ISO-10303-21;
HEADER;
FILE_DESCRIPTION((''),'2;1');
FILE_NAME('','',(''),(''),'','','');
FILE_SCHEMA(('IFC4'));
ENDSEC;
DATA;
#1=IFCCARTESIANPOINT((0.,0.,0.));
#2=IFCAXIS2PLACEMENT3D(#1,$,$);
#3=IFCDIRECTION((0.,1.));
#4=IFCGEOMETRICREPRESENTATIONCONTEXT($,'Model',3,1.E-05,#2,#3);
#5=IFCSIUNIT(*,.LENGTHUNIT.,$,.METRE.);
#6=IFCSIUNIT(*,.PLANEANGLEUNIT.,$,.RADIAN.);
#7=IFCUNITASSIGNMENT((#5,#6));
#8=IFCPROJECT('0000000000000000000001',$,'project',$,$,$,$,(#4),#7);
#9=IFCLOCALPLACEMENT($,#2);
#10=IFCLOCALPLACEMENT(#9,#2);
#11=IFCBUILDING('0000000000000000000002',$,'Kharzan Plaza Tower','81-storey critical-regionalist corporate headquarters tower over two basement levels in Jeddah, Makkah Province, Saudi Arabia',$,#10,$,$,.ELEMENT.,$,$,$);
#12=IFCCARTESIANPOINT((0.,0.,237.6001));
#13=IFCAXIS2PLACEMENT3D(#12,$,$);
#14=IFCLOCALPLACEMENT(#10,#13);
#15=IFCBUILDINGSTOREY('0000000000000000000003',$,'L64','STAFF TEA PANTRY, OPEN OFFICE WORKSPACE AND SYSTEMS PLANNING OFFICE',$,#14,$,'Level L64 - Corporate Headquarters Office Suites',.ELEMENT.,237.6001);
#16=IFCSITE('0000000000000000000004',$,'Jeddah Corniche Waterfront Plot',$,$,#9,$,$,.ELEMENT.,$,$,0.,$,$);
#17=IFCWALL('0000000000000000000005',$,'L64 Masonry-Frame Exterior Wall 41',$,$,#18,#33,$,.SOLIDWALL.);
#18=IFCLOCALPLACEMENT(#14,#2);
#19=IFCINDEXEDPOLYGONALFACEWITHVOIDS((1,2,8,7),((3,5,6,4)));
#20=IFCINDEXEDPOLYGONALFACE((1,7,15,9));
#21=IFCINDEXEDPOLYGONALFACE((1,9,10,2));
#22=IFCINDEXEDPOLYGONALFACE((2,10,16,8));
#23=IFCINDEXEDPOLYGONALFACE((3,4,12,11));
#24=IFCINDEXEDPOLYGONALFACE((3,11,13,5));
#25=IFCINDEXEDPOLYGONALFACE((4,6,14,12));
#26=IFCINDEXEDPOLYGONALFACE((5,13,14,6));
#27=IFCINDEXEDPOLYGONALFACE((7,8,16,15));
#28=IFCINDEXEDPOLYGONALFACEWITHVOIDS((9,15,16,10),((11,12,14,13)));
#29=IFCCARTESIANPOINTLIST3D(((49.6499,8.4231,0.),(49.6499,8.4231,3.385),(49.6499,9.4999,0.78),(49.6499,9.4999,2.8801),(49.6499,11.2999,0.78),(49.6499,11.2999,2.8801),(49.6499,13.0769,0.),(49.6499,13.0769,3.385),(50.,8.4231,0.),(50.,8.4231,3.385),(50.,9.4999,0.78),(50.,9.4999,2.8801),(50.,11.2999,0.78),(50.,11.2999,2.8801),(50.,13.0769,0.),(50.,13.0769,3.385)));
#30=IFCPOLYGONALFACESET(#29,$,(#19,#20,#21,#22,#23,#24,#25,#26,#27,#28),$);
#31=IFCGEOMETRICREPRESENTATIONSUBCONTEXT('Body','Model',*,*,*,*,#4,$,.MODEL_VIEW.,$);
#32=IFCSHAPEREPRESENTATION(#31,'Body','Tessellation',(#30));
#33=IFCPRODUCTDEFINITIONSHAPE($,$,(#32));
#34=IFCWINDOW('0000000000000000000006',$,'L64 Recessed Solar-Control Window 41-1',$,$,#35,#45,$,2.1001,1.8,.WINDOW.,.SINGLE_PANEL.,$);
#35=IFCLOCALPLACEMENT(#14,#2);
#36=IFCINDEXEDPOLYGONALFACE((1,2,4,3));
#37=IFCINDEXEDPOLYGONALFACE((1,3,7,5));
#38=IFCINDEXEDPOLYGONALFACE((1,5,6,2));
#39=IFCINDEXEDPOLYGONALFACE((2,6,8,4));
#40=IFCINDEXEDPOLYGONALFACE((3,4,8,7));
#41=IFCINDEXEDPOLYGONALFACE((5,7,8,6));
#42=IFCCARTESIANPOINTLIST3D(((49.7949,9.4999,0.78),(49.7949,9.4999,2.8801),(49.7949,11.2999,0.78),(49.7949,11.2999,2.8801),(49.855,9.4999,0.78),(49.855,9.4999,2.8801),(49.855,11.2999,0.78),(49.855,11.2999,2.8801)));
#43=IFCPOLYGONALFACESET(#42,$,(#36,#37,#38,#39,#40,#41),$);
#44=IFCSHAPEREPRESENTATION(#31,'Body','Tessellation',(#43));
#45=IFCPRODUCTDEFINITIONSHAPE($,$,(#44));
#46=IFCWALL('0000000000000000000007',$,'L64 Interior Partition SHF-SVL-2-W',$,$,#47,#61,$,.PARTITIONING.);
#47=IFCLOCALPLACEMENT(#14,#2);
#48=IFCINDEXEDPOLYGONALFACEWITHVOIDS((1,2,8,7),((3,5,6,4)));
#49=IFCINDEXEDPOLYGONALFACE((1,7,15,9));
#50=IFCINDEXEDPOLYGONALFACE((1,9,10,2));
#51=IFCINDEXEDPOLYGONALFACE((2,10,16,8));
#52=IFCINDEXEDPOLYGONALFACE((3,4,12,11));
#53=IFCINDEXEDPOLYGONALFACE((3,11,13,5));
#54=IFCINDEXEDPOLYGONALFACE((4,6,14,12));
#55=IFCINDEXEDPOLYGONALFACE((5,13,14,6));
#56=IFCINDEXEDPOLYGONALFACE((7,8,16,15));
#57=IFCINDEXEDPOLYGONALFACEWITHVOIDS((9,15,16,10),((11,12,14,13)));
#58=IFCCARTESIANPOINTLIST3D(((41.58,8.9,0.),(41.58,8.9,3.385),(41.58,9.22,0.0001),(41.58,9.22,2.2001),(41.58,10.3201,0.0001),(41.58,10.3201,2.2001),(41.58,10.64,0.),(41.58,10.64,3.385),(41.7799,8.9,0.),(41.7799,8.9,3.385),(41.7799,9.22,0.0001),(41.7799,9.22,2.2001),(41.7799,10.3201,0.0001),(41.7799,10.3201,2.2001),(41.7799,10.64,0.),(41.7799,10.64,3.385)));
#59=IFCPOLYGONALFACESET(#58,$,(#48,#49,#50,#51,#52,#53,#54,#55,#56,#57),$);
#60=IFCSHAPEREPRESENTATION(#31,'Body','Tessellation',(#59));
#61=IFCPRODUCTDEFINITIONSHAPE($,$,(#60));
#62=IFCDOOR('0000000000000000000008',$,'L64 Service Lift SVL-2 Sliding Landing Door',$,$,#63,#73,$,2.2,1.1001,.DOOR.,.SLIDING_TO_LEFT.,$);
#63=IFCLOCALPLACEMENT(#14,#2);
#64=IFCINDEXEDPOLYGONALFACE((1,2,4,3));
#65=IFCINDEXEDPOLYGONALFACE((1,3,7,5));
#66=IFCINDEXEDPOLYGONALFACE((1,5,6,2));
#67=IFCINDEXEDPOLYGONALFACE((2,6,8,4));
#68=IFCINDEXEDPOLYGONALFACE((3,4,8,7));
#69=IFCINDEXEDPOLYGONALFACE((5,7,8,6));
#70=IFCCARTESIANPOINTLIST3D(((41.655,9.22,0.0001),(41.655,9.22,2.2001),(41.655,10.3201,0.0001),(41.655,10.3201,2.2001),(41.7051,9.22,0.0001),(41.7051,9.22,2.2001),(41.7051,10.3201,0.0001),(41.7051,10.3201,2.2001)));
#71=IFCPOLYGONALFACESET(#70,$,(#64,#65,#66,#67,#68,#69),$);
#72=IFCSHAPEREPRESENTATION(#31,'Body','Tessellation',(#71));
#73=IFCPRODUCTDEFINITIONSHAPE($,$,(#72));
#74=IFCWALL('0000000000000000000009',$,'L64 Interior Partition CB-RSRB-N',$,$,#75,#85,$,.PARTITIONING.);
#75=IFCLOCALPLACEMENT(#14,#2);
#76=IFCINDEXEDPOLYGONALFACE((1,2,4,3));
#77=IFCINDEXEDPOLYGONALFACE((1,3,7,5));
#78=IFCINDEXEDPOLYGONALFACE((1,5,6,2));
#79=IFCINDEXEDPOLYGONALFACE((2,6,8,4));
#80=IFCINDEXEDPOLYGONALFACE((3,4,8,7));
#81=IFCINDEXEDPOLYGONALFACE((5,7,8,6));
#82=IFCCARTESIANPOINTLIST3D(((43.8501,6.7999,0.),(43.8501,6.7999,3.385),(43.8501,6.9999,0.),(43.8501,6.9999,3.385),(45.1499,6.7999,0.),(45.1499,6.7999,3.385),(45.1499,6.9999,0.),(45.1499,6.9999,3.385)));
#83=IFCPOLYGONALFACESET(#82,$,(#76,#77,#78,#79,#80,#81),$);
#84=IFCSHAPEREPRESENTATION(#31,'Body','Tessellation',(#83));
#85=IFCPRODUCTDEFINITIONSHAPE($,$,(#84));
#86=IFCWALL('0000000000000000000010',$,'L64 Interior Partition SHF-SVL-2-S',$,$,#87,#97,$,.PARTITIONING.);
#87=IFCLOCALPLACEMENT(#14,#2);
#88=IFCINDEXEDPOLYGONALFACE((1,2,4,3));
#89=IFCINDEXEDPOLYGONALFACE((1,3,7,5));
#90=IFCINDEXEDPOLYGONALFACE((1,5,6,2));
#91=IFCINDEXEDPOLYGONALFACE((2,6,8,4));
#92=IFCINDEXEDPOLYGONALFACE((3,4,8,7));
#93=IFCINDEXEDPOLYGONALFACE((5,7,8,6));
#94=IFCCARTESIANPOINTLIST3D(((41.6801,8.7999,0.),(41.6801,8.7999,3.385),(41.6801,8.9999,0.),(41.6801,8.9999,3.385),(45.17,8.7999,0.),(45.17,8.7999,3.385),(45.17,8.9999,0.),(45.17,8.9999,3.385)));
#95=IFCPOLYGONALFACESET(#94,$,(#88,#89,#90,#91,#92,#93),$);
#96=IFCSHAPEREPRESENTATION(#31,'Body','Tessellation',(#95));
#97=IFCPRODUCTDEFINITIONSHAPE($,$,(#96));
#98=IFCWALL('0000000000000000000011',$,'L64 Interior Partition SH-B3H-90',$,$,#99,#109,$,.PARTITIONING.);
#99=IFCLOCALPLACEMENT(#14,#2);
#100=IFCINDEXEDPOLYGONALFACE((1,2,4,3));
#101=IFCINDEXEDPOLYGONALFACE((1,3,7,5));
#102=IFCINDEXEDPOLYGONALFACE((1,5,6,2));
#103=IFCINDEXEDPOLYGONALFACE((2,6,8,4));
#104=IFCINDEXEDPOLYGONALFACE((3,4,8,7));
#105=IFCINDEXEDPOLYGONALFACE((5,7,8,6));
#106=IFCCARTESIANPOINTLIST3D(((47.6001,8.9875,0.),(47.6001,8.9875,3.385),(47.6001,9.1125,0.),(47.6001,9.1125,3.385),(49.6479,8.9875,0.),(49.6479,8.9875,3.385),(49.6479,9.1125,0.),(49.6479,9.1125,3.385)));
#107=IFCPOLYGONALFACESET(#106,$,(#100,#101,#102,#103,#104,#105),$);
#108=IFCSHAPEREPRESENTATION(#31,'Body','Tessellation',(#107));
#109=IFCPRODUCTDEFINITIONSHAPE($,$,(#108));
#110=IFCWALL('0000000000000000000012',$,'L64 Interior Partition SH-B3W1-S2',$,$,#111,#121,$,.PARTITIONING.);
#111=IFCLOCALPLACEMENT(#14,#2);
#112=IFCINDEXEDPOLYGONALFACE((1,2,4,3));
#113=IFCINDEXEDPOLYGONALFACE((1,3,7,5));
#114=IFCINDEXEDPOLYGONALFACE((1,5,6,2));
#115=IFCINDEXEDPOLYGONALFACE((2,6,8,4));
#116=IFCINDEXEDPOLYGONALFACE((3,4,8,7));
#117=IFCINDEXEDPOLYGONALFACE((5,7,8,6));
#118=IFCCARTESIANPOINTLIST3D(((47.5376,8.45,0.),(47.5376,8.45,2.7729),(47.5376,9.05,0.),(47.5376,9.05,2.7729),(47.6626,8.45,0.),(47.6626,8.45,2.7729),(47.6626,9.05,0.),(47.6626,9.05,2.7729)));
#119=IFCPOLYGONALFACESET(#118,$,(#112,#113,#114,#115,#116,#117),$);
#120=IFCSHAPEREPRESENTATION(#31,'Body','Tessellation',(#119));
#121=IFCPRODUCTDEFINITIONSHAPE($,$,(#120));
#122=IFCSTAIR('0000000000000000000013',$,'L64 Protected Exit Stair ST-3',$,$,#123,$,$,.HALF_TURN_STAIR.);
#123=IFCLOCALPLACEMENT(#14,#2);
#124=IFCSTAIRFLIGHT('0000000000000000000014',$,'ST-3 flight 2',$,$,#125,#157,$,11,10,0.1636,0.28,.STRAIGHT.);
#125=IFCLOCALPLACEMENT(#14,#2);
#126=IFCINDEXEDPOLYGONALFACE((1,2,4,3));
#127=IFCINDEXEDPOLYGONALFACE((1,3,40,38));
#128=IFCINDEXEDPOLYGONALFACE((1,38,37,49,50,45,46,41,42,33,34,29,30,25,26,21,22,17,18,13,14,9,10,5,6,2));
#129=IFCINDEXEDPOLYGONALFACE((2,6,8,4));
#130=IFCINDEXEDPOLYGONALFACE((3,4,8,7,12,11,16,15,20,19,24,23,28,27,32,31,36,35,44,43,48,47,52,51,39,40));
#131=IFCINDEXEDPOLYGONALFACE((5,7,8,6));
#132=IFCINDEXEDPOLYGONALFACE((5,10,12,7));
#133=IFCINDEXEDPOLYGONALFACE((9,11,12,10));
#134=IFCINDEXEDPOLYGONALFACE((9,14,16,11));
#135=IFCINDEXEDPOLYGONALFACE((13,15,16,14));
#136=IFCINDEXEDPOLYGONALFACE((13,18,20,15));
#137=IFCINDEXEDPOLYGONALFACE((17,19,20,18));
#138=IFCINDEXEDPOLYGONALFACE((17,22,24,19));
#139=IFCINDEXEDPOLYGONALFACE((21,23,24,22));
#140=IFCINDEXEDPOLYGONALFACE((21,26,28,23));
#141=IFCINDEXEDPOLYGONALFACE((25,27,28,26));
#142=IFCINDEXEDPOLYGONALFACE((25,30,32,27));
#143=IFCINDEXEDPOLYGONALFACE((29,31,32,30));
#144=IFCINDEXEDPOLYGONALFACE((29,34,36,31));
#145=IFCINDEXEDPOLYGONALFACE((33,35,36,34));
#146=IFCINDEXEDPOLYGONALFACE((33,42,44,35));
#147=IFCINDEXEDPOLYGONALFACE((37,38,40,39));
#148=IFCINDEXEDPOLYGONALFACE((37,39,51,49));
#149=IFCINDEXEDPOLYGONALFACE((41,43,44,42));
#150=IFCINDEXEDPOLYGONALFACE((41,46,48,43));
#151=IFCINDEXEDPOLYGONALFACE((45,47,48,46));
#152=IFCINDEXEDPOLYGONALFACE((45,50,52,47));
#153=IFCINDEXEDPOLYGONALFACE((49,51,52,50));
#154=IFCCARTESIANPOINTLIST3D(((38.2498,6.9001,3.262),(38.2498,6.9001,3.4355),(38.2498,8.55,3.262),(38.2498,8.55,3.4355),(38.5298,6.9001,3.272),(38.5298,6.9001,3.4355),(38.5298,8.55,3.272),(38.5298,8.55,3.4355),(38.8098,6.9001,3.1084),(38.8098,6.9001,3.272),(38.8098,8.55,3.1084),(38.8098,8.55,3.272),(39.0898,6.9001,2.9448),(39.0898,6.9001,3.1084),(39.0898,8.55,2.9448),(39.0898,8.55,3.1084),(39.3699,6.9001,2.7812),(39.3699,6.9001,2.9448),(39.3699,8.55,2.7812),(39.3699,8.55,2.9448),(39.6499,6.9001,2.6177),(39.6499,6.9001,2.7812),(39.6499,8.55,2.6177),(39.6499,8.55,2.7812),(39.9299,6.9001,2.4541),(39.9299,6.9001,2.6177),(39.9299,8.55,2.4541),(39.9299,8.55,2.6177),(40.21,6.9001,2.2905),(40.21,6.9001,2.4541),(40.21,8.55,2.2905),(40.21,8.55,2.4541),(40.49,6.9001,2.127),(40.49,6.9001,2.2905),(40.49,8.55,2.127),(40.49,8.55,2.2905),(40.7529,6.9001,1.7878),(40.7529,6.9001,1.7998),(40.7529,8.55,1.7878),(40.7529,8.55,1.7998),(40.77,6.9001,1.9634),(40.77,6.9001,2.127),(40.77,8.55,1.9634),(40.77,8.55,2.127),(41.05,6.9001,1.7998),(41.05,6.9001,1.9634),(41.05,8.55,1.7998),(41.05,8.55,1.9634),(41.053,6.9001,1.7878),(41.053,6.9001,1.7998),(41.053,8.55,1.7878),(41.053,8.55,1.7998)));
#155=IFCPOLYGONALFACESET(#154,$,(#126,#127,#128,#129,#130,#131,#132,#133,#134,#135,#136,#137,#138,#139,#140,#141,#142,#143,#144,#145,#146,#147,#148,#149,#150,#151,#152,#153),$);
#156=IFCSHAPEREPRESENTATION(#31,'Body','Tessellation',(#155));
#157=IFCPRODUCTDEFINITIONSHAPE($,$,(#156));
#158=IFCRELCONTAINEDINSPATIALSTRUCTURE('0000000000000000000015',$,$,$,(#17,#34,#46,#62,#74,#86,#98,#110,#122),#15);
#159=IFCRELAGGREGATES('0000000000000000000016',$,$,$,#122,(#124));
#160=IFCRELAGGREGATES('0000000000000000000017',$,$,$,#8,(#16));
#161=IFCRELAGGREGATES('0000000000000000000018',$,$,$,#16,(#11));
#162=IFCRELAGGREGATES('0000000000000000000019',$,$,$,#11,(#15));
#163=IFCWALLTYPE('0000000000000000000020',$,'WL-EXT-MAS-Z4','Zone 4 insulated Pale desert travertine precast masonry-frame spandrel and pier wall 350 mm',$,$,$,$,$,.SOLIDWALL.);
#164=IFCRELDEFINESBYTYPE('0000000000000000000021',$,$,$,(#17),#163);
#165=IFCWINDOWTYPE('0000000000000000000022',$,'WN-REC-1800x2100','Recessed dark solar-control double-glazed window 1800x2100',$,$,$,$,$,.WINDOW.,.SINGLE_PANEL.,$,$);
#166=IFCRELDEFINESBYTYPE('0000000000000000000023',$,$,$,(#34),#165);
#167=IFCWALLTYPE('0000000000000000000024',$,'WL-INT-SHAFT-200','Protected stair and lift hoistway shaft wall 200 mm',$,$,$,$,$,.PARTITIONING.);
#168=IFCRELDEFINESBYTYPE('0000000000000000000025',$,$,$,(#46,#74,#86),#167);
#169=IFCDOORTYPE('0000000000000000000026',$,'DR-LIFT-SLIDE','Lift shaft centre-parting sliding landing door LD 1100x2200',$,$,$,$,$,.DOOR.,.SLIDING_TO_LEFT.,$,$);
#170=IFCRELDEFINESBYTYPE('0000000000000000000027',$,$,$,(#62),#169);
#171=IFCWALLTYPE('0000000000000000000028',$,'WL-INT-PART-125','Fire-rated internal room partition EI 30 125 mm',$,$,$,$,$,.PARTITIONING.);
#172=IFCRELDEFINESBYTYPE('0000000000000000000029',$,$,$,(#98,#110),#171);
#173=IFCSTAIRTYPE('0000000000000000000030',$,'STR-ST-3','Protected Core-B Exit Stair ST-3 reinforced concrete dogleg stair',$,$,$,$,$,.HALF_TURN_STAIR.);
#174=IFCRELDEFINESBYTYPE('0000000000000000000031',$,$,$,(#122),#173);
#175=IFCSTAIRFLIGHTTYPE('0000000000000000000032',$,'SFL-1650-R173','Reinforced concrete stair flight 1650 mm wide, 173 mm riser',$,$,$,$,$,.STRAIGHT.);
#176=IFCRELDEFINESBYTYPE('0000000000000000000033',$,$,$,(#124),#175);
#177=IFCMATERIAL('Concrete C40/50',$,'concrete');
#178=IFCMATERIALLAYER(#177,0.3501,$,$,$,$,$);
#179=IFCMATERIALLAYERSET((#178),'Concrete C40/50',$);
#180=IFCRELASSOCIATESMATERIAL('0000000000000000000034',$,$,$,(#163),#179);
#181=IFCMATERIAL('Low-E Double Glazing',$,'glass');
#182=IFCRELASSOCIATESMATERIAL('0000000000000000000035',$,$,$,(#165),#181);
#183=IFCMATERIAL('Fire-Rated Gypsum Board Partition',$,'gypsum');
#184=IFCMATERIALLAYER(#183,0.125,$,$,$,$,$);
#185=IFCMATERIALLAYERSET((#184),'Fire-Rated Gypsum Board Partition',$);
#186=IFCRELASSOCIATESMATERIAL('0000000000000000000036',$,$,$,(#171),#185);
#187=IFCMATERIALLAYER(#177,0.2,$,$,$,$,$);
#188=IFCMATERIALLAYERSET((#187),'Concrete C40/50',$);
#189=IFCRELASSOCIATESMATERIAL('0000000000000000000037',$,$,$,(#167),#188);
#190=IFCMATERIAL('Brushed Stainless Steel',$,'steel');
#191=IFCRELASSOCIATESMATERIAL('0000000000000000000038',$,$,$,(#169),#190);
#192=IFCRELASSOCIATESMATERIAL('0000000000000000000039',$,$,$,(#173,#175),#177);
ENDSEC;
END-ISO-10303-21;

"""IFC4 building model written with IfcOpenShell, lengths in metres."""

from ifc_helpers import new_model, si_unit, direction, frame, frame_2d, origin, place, context, subcontext, project, spatial, polyline, rectangle, outline, extrude, source, transform, mapped, material, layer, layer_set, type_object, element, fill, aggregate, save


model = new_model("IFC4")

# Units and contexts
model_context = context("Model", 3, precision=1e-05, world=origin(), true_north=direction((0.0, 1.0)))
body_context = subcontext(model_context, "Body", "Model", "MODEL_VIEW")
ifc_project = project(units=[si_unit("LENGTHUNIT", "METRE"), si_unit("PLANEANGLEUNIT", "RADIAN")], contexts=[model_context])

# Site, building, storey
site_placement = place(None, origin())
site = spatial("IfcSite", under=ifc_project, at=site_placement, Name="Jeddah Corniche Waterfront Plot", CompositionType="ELEMENT", RefElevation=0.0)
building_placement = place(site_placement, origin())
building = spatial("IfcBuilding", under=site, at=building_placement, Name="Kharzan Plaza Tower", Description="81-storey critical-regionalist corporate headquarters tower over two basement levels in Jeddah, Makkah Province, Saudi Arabia", CompositionType="ELEMENT")
storey_placement = place(building_placement, frame((0.0, 0.0, 237.6001)))
storey = spatial("IfcBuildingStorey", under=building, at=storey_placement, Name="L64", Description="STAFF TEA PANTRY, OPEN OFFICE WORKSPACE AND SYSTEMS PLANNING OFFICE", LongName="Level L64 - Corporate Headquarters Office Suites", CompositionType="ELEMENT", Elevation=237.6001)

# Wall, opening, window
ifc_material_1 = material(Name="Concrete C40/50", Category="concrete")
ifc_layer_1 = layer(ifc_material_1, 0.3501)
ifc_layer_set_1 = layer_set([ifc_layer_1], Name="Concrete C40/50")
wall_type_1 = type_object("IfcWallType", Name="WL-EXT-MAS-Z4", Description="Zone 4 insulated Pale desert travertine precast masonry-frame spandrel and pier wall 350 mm", PredefinedType="SOLIDWALL", material=ifc_layer_set_1)
wall_1_placement = place(storey_placement, frame((49.825, 8.4231, 0.0), z_axis=(0.0, 0.0, 1.0), x_axis=(0.0, 1.0, 0.0)))
wall_1 = element("IfcWall", 1, at=wall_1_placement, inside=storey, type_object=wall_type_1, Name="L64 Masonry-Frame Exterior Wall 41", PredefinedType="SOLIDWALL", context=body_context, shape_type="SweptSolid", body=[
    extrude(rectangle(XDim=4.6538, YDim=0.3501, at=frame_2d((2.3269, 0.0))), origin(), (0.0, 0.0, 1.0), 3.385),
])
opening_1_placement = place(wall_1_placement, frame((1.0769, 0.0, 0.78)))
opening_1 = element("IfcOpeningElement", 2, at=opening_1_placement, cuts=wall_1, PredefinedType="OPENING", context=body_context, shape_type="SweptSolid", body=[
    extrude(rectangle(XDim=1.8, YDim=2.1001, at=frame_2d((0.8999, 1.05))), frame((0.0, 0.1851, 0.0), z_axis=(0.0, -1.0, 0.0), x_axis=(1.0, 0.0, 0.0)), (0.0, 0.0, 1.0), 0.3701),
])
ifc_material_2 = material(Name="Low-E Double Glazing", Category="glass")
window_type = type_object("IfcWindowType", Name="WN-REC-1800x2100", Description="Recessed dark solar-control double-glazed window 1800x2100", PartitioningType="SINGLE_PANEL", PredefinedType="WINDOW", material=ifc_material_2)
shared_shape_1 = source(origin(), body_context, "Body", "SweptSolid", [
    extrude(rectangle(XDim=1.8, YDim=2.1001, at=frame_2d((0.8999, 1.05))), frame((0.0, 0.03, 0.0), z_axis=(0.0, -1.0, 0.0), x_axis=(1.0, 0.0, 0.0)), (0.0, 0.0, 1.0), 0.0601),
])
window_placement = place(opening_1_placement, origin())
window = element("IfcWindow", 3, at=window_placement, inside=storey, type_object=window_type, Name="L64 Recessed Solar-Control Window 41-1", OverallHeight=2.1001, OverallWidth=1.8, PartitioningType="SINGLE_PANEL", PredefinedType="WINDOW", context=body_context, shape_type="MappedRepresentation", body=[
    mapped(shared_shape_1, transform((0.0, 0.0, 0.0), x_axis=(1.0, 0.0, 0.0), y_axis=(0.0, 1.0, 0.0), z_axis=(0.0, 0.0, 1.0))),
])
fill(opening_1, window)

# Wall, opening, door
ifc_material_3 = material(Name="Fire-Rated Gypsum Board Partition", Category="gypsum")
ifc_layer_2 = layer(ifc_material_3, 0.125)
ifc_layer_set_2 = layer_set([ifc_layer_2], Name="Fire-Rated Gypsum Board Partition")
wall_type_2 = type_object("IfcWallType", Name="WL-INT-PART-125", Description="Fire-rated internal room partition EI 30 125 mm", PredefinedType="PARTITIONING", material=ifc_layer_set_2)
ifc_layer_3 = layer(ifc_material_1, 0.2)
ifc_layer_set_3 = layer_set([ifc_layer_3], Name="Concrete C40/50")
wall_type_3 = type_object("IfcWallType", Name="WL-INT-SHAFT-200", Description="Protected stair and lift hoistway shaft wall 200 mm", PredefinedType="PARTITIONING", material=ifc_layer_set_3)
wall_2_placement = place(storey_placement, frame((41.6799, 8.8999, 0.0), z_axis=(0.0, 0.0, 1.0), x_axis=(0.0, 1.0, 0.0)))
wall_2 = element("IfcWall", 4, at=wall_2_placement, inside=storey, type_object=wall_type_3, Name="L64 Interior Partition SHF-SVL-2-W", PredefinedType="PARTITIONING", context=body_context, shape_type="SweptSolid", body=[
    extrude(rectangle(XDim=1.74, YDim=0.2, at=frame_2d((0.8701, 0.0))), origin(), (0.0, 0.0, 1.0), 3.385),
])
opening_2_placement = place(wall_2_placement, frame((0.3201, 0.0, 0.0)))
opening_2 = element("IfcOpeningElement", 5, at=opening_2_placement, cuts=wall_2, PredefinedType="OPENING", context=body_context, shape_type="SweptSolid", body=[
    extrude(rectangle(XDim=1.1001, YDim=2.2, at=frame_2d((0.55, 1.1001))), frame((0.0, 0.1099, 0.0), z_axis=(0.0, -1.0, 0.0), x_axis=(1.0, 0.0, 0.0)), (0.0, 0.0, 1.0), 0.22),
])
ifc_material_4 = material(Name="Brushed Stainless Steel", Category="steel")
door_type_1 = type_object("IfcDoorType", Name="DR-LIFT-SLIDE", Description="Lift shaft centre-parting sliding landing door LD 1100x2200", OperationType="SLIDING_TO_LEFT", PredefinedType="DOOR", material=ifc_material_4)
shared_shape_2 = source(origin(), body_context, "Body", "SweptSolid", [
    extrude(rectangle(XDim=1.1001, YDim=2.2, at=frame_2d((0.55, 1.1001))), frame((0.0, 0.0249, 0.0), z_axis=(0.0, -1.0, 0.0), x_axis=(1.0, 0.0, 0.0)), (0.0, 0.0, 1.0), 0.05),
])
door_1_placement = place(opening_2_placement, origin())
door_1 = element("IfcDoor", 6, at=door_1_placement, inside=storey, type_object=door_type_1, Name="L64 Service Lift SVL-2 Sliding Landing Door", OperationType="SLIDING_TO_LEFT", OverallHeight=2.2, OverallWidth=1.1001, PredefinedType="DOOR", context=body_context, shape_type="MappedRepresentation", body=[
    mapped(shared_shape_2, transform((0.0, 0.0, 0.0), x_axis=(1.0, 0.0, 0.0), y_axis=(0.0, 1.0, 0.0), z_axis=(0.0, 0.0, 1.0))),
])
fill(opening_2, door_1)

# Walls
shared_shape_3 = source(origin(), body_context, "Body", "SweptSolid", [
    extrude(rectangle(XDim=1.2998, YDim=0.2, at=frame_2d((0.6499, 0.0))), origin(), (0.0, 0.0, 1.0), 3.385),
])
wall_3_placement = place(storey_placement, frame((43.8501, 6.8999, 0.0), z_axis=(0.0, 0.0, 1.0), x_axis=(1.0, 0.0, 0.0)))
element("IfcWall", 7, at=wall_3_placement, inside=storey, type_object=wall_type_3, Name="L64 Interior Partition CB-RSRB-N", PredefinedType="PARTITIONING", context=body_context, shape_type="MappedRepresentation", body=[
    mapped(shared_shape_3, transform((0.0, 0.0, 0.0), x_axis=(1.0, 0.0, 0.0), y_axis=(0.0, 1.0, 0.0), z_axis=(0.0, 0.0, 1.0))),
])
shared_shape_4 = source(origin(), body_context, "Body", "SweptSolid", [
    extrude(rectangle(XDim=3.49, YDim=0.2, at=frame_2d((1.7451, 0.0))), origin(), (0.0, 0.0, 1.0), 3.385),
])
wall_4_placement = place(storey_placement, frame((41.6799, 8.8999, 0.0), z_axis=(0.0, 0.0, 1.0), x_axis=(1.0, 0.0, 0.0)))
element("IfcWall", 8, at=wall_4_placement, inside=storey, type_object=wall_type_3, Name="L64 Interior Partition SHF-SVL-2-S", PredefinedType="PARTITIONING", context=body_context, shape_type="MappedRepresentation", body=[
    mapped(shared_shape_4, transform((0.0, 0.0, 0.0), x_axis=(1.0, 0.0, 0.0), y_axis=(0.0, 1.0, 0.0), z_axis=(0.0, 0.0, 1.0))),
])
shared_shape_5 = source(origin(), body_context, "Body", "SweptSolid", [
    extrude(rectangle(XDim=2.0479, YDim=0.125, at=frame_2d((1.0239, 0.0))), origin(), (0.0, 0.0, 1.0), 3.385),
])
wall_5_placement = place(storey_placement, frame((47.6001, 9.05, 0.0), z_axis=(0.0, 0.0, 1.0), x_axis=(1.0, 0.0, 0.0)))
element("IfcWall", 9, at=wall_5_placement, inside=storey, type_object=wall_type_2, Name="L64 Interior Partition SH-B3H-90", PredefinedType="PARTITIONING", context=body_context, shape_type="MappedRepresentation", body=[
    mapped(shared_shape_5, transform((0.0, 0.0, 0.0), x_axis=(1.0, 0.0, 0.0), y_axis=(0.0, 1.0, 0.0), z_axis=(0.0, 0.0, 1.0))),
])
shared_shape_6 = source(origin(), body_context, "Body", "SweptSolid", [
    extrude(rectangle(XDim=0.6001, YDim=0.125, at=frame_2d((0.3, 0.0))), origin(), (0.0, 0.0, 1.0), 2.7729),
])
wall_6_placement = place(storey_placement, frame((47.6001, 8.45, 0.0), z_axis=(0.0, 0.0, 1.0), x_axis=(0.0, 1.0, 0.0)))
element("IfcWall", 10, at=wall_6_placement, inside=storey, type_object=wall_type_2, Name="L64 Interior Partition SH-B3W1-S2", PredefinedType="PARTITIONING", context=body_context, shape_type="MappedRepresentation", body=[
    mapped(shared_shape_6, transform((0.0, 0.0, 0.0), x_axis=(1.0, 0.0, 0.0), y_axis=(0.0, 1.0, 0.0), z_axis=(0.0, 0.0, 1.0))),
])

# Stair, stair flight
stair_type = type_object("IfcStairType", Name="STR-ST-3", Description="Protected Core-B Exit Stair ST-3 reinforced concrete dogleg stair", PredefinedType="HALF_TURN_STAIR", material=ifc_material_1)
stair_placement = place(storey_placement, origin())
stair = element("IfcStair", 11, at=stair_placement, inside=storey, type_object=stair_type, Name="L64 Protected Exit Stair ST-3", PredefinedType="HALF_TURN_STAIR")
stair_flight_type = type_object("IfcStairFlightType", Name="SFL-1650-R173", Description="Reinforced concrete stair flight 1650 mm wide, 173 mm riser", PredefinedType="STRAIGHT", material=ifc_material_1)
shared_shape_7 = source(origin(), body_context, "Body", "SweptSolid", [
    extrude(outline(polyline([(-0.0029, -0.012), (-0.0029, 0.0), (0.0, 0.0), (0.0, 0.1636), (0.28, 0.1636), (0.28, 0.3271), (0.5601, 0.3271), (0.5601, 0.4907), (0.8401, 0.4907), (0.8401, 0.6543), (1.1201, 0.6543), (1.1201, 0.8179), (1.4001, 0.8179), (1.4001, 0.9814), (1.6802, 0.9814), (1.6802, 1.145), (1.9602, 1.145), (1.9602, 1.3086), (2.2402, 1.3086), (2.2402, 1.4722), (2.5203, 1.4722), (2.5203, 1.6357), (2.8003, 1.6357), (2.8003, 1.7993), (2.8003, 1.4622), (0.2971, 0.0), (0.2971, -0.012), (-0.0029, -0.012)])), frame((0.0, 0.825, 0.0), z_axis=(0.0, -1.0, 0.0), x_axis=(1.0, 0.0, 0.0)), (0.0, 0.0, 1.0), 1.6499),
])
stair_flight_placement = place(storey_placement, frame((41.05, 7.7251, 1.7998), z_axis=(0.0, 0.0, 1.0), x_axis=(-1.0, 0.0, 0.0)))
stair_flight = element("IfcStairFlight", 12, at=stair_flight_placement, type_object=stair_flight_type, Name="ST-3 flight 2", NumberOfRisers=11, NumberOfTreads=10, PredefinedType="STRAIGHT", RiserHeight=0.1636, TreadLength=0.28, context=body_context, shape_type="MappedRepresentation", body=[
    mapped(shared_shape_7, transform((0.0, 0.0, 0.0), x_axis=(1.0, 0.0, 0.0), y_axis=(0.0, 1.0, 0.0), z_axis=(0.0, 0.0, 1.0))),
])
aggregate(stair, [stair_flight])

save(model, "model.ifc")
